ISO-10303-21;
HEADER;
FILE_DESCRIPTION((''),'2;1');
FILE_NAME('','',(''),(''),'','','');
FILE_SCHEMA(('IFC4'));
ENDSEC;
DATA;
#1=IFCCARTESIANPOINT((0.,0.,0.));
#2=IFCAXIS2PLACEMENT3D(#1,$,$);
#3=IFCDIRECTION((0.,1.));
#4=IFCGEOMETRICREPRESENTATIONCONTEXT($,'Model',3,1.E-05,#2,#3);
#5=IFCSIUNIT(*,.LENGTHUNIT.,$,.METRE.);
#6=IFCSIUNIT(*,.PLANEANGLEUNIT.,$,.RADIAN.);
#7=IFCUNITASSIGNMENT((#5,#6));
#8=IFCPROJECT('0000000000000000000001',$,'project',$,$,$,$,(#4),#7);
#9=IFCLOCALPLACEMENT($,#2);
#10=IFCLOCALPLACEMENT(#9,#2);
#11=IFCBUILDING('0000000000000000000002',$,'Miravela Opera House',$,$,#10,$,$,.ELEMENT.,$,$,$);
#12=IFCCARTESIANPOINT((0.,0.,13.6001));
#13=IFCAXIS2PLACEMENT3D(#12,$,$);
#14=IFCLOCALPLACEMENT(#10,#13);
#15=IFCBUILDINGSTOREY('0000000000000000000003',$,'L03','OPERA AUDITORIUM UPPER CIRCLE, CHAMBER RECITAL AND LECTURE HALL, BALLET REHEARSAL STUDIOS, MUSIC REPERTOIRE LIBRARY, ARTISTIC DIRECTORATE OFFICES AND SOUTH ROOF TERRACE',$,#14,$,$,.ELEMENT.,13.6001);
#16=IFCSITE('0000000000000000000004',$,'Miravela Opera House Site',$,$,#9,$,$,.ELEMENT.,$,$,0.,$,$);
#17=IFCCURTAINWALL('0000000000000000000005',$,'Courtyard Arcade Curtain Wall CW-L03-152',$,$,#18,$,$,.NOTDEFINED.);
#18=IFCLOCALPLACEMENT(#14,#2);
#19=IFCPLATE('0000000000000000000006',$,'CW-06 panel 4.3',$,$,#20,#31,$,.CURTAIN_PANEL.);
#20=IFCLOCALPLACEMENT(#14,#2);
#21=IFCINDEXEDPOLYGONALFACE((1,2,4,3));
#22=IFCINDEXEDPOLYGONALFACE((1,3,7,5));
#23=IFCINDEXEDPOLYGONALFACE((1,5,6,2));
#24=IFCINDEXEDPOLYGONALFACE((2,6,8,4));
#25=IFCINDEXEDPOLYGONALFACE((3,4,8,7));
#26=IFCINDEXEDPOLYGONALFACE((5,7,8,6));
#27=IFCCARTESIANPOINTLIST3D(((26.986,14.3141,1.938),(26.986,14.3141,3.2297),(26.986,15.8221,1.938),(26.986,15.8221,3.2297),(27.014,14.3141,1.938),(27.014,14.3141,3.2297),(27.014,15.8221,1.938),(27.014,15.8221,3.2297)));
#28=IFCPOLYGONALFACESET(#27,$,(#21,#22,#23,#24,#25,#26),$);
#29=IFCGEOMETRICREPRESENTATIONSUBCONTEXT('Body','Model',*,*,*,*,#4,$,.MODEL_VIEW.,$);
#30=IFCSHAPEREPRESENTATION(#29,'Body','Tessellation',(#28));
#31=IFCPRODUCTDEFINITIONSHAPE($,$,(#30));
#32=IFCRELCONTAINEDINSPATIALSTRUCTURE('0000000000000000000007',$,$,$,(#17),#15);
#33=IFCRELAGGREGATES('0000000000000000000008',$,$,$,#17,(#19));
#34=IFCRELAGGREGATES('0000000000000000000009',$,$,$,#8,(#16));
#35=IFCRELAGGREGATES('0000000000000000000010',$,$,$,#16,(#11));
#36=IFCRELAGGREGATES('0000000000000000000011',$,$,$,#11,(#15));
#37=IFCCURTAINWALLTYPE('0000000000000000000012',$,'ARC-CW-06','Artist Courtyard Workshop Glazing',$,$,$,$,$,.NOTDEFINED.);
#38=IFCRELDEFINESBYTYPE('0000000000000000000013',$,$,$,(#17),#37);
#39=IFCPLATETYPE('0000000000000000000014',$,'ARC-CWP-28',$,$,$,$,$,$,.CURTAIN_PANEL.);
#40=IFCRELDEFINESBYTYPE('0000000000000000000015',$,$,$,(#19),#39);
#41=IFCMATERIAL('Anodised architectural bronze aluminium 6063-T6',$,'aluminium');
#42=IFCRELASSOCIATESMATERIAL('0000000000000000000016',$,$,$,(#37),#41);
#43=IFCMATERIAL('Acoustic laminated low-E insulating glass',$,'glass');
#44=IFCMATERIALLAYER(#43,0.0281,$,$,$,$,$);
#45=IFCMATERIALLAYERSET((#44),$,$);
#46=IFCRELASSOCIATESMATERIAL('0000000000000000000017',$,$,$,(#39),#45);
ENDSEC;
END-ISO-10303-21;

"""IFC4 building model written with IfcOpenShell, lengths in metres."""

from ifc_helpers import new_model, si_unit, direction, frame, origin, origin_2d, place, context, subcontext, project, spatial, rectangle, extrude, material, layer, layer_set, type_object, element, aggregate, save


model = new_model("IFC4")

# Units and contexts
model_context = context("Model", 3, precision=1e-05, world=origin(), true_north=direction((0.0, 1.0)))
body_context = subcontext(model_context, "Body", "Model", "MODEL_VIEW")
ifc_project = project(units=[si_unit("LENGTHUNIT", "METRE"), si_unit("PLANEANGLEUNIT", "RADIAN")], contexts=[model_context])

# Site, building, storey
site_placement = place(None, origin())
site = spatial("IfcSite", under=ifc_project, at=site_placement, Name="Miravela Opera House Site", CompositionType="ELEMENT", RefElevation=0.0)
building_placement = place(site_placement, origin())
building = spatial("IfcBuilding", under=site, at=building_placement, Name="Miravela Opera House", CompositionType="ELEMENT")
storey_placement = place(building_placement, frame((0.0, 0.0, 13.6001)))
storey = spatial("IfcBuildingStorey", under=building, at=storey_placement, Name="L03", Description="OPERA AUDITORIUM UPPER CIRCLE, CHAMBER RECITAL AND LECTURE HALL, BALLET REHEARSAL STUDIOS, MUSIC REPERTOIRE LIBRARY, ARTISTIC DIRECTORATE OFFICES AND SOUTH ROOF TERRACE", CompositionType="ELEMENT", Elevation=13.6001)

# Curtain wall
ifc_material_1 = material(Name="Anodised architectural bronze aluminium 6063-T6", Category="aluminium")
curtain_wall_type = type_object("IfcCurtainWallType", Name="ARC-CW-06", Description="Artist Courtyard Workshop Glazing", PredefinedType="NOTDEFINED", material=ifc_material_1)
curtain_wall_placement = place(storey_placement, origin())
curtain_wall = element("IfcCurtainWall", 1, at=curtain_wall_placement, inside=storey, type_object=curtain_wall_type, Name="Courtyard Arcade Curtain Wall CW-L03-152", PredefinedType="NOTDEFINED")

# Plate
ifc_material_2 = material(Name="Acoustic laminated low-E insulating glass", Category="glass")
ifc_layer = layer(ifc_material_2, 0.0281)
ifc_layer_set = layer_set([ifc_layer])
plate_type = type_object("IfcPlateType", Name="ARC-CWP-28", PredefinedType="CURTAIN_PANEL", material=ifc_layer_set)
plate_1_placement = place(storey_placement, frame((27.0, 15.0681, 1.938), z_axis=(0.0, 0.0, 1.0), x_axis=(0.0, 1.0, 0.0)))
plate_1 = element("IfcPlate", 2, at=plate_1_placement, type_object=plate_type, Name="CW-06 panel 4.3", PredefinedType="CURTAIN_PANEL", context=body_context, shape_type="SweptSolid", body=[
    extrude(rectangle(XDim=1.5081, YDim=0.0281, at=origin_2d()), origin(), (0.0, 0.0, 1.0), 1.2917),
])
aggregate(curtain_wall, [plate_1])

save(model, "model.ifc")
